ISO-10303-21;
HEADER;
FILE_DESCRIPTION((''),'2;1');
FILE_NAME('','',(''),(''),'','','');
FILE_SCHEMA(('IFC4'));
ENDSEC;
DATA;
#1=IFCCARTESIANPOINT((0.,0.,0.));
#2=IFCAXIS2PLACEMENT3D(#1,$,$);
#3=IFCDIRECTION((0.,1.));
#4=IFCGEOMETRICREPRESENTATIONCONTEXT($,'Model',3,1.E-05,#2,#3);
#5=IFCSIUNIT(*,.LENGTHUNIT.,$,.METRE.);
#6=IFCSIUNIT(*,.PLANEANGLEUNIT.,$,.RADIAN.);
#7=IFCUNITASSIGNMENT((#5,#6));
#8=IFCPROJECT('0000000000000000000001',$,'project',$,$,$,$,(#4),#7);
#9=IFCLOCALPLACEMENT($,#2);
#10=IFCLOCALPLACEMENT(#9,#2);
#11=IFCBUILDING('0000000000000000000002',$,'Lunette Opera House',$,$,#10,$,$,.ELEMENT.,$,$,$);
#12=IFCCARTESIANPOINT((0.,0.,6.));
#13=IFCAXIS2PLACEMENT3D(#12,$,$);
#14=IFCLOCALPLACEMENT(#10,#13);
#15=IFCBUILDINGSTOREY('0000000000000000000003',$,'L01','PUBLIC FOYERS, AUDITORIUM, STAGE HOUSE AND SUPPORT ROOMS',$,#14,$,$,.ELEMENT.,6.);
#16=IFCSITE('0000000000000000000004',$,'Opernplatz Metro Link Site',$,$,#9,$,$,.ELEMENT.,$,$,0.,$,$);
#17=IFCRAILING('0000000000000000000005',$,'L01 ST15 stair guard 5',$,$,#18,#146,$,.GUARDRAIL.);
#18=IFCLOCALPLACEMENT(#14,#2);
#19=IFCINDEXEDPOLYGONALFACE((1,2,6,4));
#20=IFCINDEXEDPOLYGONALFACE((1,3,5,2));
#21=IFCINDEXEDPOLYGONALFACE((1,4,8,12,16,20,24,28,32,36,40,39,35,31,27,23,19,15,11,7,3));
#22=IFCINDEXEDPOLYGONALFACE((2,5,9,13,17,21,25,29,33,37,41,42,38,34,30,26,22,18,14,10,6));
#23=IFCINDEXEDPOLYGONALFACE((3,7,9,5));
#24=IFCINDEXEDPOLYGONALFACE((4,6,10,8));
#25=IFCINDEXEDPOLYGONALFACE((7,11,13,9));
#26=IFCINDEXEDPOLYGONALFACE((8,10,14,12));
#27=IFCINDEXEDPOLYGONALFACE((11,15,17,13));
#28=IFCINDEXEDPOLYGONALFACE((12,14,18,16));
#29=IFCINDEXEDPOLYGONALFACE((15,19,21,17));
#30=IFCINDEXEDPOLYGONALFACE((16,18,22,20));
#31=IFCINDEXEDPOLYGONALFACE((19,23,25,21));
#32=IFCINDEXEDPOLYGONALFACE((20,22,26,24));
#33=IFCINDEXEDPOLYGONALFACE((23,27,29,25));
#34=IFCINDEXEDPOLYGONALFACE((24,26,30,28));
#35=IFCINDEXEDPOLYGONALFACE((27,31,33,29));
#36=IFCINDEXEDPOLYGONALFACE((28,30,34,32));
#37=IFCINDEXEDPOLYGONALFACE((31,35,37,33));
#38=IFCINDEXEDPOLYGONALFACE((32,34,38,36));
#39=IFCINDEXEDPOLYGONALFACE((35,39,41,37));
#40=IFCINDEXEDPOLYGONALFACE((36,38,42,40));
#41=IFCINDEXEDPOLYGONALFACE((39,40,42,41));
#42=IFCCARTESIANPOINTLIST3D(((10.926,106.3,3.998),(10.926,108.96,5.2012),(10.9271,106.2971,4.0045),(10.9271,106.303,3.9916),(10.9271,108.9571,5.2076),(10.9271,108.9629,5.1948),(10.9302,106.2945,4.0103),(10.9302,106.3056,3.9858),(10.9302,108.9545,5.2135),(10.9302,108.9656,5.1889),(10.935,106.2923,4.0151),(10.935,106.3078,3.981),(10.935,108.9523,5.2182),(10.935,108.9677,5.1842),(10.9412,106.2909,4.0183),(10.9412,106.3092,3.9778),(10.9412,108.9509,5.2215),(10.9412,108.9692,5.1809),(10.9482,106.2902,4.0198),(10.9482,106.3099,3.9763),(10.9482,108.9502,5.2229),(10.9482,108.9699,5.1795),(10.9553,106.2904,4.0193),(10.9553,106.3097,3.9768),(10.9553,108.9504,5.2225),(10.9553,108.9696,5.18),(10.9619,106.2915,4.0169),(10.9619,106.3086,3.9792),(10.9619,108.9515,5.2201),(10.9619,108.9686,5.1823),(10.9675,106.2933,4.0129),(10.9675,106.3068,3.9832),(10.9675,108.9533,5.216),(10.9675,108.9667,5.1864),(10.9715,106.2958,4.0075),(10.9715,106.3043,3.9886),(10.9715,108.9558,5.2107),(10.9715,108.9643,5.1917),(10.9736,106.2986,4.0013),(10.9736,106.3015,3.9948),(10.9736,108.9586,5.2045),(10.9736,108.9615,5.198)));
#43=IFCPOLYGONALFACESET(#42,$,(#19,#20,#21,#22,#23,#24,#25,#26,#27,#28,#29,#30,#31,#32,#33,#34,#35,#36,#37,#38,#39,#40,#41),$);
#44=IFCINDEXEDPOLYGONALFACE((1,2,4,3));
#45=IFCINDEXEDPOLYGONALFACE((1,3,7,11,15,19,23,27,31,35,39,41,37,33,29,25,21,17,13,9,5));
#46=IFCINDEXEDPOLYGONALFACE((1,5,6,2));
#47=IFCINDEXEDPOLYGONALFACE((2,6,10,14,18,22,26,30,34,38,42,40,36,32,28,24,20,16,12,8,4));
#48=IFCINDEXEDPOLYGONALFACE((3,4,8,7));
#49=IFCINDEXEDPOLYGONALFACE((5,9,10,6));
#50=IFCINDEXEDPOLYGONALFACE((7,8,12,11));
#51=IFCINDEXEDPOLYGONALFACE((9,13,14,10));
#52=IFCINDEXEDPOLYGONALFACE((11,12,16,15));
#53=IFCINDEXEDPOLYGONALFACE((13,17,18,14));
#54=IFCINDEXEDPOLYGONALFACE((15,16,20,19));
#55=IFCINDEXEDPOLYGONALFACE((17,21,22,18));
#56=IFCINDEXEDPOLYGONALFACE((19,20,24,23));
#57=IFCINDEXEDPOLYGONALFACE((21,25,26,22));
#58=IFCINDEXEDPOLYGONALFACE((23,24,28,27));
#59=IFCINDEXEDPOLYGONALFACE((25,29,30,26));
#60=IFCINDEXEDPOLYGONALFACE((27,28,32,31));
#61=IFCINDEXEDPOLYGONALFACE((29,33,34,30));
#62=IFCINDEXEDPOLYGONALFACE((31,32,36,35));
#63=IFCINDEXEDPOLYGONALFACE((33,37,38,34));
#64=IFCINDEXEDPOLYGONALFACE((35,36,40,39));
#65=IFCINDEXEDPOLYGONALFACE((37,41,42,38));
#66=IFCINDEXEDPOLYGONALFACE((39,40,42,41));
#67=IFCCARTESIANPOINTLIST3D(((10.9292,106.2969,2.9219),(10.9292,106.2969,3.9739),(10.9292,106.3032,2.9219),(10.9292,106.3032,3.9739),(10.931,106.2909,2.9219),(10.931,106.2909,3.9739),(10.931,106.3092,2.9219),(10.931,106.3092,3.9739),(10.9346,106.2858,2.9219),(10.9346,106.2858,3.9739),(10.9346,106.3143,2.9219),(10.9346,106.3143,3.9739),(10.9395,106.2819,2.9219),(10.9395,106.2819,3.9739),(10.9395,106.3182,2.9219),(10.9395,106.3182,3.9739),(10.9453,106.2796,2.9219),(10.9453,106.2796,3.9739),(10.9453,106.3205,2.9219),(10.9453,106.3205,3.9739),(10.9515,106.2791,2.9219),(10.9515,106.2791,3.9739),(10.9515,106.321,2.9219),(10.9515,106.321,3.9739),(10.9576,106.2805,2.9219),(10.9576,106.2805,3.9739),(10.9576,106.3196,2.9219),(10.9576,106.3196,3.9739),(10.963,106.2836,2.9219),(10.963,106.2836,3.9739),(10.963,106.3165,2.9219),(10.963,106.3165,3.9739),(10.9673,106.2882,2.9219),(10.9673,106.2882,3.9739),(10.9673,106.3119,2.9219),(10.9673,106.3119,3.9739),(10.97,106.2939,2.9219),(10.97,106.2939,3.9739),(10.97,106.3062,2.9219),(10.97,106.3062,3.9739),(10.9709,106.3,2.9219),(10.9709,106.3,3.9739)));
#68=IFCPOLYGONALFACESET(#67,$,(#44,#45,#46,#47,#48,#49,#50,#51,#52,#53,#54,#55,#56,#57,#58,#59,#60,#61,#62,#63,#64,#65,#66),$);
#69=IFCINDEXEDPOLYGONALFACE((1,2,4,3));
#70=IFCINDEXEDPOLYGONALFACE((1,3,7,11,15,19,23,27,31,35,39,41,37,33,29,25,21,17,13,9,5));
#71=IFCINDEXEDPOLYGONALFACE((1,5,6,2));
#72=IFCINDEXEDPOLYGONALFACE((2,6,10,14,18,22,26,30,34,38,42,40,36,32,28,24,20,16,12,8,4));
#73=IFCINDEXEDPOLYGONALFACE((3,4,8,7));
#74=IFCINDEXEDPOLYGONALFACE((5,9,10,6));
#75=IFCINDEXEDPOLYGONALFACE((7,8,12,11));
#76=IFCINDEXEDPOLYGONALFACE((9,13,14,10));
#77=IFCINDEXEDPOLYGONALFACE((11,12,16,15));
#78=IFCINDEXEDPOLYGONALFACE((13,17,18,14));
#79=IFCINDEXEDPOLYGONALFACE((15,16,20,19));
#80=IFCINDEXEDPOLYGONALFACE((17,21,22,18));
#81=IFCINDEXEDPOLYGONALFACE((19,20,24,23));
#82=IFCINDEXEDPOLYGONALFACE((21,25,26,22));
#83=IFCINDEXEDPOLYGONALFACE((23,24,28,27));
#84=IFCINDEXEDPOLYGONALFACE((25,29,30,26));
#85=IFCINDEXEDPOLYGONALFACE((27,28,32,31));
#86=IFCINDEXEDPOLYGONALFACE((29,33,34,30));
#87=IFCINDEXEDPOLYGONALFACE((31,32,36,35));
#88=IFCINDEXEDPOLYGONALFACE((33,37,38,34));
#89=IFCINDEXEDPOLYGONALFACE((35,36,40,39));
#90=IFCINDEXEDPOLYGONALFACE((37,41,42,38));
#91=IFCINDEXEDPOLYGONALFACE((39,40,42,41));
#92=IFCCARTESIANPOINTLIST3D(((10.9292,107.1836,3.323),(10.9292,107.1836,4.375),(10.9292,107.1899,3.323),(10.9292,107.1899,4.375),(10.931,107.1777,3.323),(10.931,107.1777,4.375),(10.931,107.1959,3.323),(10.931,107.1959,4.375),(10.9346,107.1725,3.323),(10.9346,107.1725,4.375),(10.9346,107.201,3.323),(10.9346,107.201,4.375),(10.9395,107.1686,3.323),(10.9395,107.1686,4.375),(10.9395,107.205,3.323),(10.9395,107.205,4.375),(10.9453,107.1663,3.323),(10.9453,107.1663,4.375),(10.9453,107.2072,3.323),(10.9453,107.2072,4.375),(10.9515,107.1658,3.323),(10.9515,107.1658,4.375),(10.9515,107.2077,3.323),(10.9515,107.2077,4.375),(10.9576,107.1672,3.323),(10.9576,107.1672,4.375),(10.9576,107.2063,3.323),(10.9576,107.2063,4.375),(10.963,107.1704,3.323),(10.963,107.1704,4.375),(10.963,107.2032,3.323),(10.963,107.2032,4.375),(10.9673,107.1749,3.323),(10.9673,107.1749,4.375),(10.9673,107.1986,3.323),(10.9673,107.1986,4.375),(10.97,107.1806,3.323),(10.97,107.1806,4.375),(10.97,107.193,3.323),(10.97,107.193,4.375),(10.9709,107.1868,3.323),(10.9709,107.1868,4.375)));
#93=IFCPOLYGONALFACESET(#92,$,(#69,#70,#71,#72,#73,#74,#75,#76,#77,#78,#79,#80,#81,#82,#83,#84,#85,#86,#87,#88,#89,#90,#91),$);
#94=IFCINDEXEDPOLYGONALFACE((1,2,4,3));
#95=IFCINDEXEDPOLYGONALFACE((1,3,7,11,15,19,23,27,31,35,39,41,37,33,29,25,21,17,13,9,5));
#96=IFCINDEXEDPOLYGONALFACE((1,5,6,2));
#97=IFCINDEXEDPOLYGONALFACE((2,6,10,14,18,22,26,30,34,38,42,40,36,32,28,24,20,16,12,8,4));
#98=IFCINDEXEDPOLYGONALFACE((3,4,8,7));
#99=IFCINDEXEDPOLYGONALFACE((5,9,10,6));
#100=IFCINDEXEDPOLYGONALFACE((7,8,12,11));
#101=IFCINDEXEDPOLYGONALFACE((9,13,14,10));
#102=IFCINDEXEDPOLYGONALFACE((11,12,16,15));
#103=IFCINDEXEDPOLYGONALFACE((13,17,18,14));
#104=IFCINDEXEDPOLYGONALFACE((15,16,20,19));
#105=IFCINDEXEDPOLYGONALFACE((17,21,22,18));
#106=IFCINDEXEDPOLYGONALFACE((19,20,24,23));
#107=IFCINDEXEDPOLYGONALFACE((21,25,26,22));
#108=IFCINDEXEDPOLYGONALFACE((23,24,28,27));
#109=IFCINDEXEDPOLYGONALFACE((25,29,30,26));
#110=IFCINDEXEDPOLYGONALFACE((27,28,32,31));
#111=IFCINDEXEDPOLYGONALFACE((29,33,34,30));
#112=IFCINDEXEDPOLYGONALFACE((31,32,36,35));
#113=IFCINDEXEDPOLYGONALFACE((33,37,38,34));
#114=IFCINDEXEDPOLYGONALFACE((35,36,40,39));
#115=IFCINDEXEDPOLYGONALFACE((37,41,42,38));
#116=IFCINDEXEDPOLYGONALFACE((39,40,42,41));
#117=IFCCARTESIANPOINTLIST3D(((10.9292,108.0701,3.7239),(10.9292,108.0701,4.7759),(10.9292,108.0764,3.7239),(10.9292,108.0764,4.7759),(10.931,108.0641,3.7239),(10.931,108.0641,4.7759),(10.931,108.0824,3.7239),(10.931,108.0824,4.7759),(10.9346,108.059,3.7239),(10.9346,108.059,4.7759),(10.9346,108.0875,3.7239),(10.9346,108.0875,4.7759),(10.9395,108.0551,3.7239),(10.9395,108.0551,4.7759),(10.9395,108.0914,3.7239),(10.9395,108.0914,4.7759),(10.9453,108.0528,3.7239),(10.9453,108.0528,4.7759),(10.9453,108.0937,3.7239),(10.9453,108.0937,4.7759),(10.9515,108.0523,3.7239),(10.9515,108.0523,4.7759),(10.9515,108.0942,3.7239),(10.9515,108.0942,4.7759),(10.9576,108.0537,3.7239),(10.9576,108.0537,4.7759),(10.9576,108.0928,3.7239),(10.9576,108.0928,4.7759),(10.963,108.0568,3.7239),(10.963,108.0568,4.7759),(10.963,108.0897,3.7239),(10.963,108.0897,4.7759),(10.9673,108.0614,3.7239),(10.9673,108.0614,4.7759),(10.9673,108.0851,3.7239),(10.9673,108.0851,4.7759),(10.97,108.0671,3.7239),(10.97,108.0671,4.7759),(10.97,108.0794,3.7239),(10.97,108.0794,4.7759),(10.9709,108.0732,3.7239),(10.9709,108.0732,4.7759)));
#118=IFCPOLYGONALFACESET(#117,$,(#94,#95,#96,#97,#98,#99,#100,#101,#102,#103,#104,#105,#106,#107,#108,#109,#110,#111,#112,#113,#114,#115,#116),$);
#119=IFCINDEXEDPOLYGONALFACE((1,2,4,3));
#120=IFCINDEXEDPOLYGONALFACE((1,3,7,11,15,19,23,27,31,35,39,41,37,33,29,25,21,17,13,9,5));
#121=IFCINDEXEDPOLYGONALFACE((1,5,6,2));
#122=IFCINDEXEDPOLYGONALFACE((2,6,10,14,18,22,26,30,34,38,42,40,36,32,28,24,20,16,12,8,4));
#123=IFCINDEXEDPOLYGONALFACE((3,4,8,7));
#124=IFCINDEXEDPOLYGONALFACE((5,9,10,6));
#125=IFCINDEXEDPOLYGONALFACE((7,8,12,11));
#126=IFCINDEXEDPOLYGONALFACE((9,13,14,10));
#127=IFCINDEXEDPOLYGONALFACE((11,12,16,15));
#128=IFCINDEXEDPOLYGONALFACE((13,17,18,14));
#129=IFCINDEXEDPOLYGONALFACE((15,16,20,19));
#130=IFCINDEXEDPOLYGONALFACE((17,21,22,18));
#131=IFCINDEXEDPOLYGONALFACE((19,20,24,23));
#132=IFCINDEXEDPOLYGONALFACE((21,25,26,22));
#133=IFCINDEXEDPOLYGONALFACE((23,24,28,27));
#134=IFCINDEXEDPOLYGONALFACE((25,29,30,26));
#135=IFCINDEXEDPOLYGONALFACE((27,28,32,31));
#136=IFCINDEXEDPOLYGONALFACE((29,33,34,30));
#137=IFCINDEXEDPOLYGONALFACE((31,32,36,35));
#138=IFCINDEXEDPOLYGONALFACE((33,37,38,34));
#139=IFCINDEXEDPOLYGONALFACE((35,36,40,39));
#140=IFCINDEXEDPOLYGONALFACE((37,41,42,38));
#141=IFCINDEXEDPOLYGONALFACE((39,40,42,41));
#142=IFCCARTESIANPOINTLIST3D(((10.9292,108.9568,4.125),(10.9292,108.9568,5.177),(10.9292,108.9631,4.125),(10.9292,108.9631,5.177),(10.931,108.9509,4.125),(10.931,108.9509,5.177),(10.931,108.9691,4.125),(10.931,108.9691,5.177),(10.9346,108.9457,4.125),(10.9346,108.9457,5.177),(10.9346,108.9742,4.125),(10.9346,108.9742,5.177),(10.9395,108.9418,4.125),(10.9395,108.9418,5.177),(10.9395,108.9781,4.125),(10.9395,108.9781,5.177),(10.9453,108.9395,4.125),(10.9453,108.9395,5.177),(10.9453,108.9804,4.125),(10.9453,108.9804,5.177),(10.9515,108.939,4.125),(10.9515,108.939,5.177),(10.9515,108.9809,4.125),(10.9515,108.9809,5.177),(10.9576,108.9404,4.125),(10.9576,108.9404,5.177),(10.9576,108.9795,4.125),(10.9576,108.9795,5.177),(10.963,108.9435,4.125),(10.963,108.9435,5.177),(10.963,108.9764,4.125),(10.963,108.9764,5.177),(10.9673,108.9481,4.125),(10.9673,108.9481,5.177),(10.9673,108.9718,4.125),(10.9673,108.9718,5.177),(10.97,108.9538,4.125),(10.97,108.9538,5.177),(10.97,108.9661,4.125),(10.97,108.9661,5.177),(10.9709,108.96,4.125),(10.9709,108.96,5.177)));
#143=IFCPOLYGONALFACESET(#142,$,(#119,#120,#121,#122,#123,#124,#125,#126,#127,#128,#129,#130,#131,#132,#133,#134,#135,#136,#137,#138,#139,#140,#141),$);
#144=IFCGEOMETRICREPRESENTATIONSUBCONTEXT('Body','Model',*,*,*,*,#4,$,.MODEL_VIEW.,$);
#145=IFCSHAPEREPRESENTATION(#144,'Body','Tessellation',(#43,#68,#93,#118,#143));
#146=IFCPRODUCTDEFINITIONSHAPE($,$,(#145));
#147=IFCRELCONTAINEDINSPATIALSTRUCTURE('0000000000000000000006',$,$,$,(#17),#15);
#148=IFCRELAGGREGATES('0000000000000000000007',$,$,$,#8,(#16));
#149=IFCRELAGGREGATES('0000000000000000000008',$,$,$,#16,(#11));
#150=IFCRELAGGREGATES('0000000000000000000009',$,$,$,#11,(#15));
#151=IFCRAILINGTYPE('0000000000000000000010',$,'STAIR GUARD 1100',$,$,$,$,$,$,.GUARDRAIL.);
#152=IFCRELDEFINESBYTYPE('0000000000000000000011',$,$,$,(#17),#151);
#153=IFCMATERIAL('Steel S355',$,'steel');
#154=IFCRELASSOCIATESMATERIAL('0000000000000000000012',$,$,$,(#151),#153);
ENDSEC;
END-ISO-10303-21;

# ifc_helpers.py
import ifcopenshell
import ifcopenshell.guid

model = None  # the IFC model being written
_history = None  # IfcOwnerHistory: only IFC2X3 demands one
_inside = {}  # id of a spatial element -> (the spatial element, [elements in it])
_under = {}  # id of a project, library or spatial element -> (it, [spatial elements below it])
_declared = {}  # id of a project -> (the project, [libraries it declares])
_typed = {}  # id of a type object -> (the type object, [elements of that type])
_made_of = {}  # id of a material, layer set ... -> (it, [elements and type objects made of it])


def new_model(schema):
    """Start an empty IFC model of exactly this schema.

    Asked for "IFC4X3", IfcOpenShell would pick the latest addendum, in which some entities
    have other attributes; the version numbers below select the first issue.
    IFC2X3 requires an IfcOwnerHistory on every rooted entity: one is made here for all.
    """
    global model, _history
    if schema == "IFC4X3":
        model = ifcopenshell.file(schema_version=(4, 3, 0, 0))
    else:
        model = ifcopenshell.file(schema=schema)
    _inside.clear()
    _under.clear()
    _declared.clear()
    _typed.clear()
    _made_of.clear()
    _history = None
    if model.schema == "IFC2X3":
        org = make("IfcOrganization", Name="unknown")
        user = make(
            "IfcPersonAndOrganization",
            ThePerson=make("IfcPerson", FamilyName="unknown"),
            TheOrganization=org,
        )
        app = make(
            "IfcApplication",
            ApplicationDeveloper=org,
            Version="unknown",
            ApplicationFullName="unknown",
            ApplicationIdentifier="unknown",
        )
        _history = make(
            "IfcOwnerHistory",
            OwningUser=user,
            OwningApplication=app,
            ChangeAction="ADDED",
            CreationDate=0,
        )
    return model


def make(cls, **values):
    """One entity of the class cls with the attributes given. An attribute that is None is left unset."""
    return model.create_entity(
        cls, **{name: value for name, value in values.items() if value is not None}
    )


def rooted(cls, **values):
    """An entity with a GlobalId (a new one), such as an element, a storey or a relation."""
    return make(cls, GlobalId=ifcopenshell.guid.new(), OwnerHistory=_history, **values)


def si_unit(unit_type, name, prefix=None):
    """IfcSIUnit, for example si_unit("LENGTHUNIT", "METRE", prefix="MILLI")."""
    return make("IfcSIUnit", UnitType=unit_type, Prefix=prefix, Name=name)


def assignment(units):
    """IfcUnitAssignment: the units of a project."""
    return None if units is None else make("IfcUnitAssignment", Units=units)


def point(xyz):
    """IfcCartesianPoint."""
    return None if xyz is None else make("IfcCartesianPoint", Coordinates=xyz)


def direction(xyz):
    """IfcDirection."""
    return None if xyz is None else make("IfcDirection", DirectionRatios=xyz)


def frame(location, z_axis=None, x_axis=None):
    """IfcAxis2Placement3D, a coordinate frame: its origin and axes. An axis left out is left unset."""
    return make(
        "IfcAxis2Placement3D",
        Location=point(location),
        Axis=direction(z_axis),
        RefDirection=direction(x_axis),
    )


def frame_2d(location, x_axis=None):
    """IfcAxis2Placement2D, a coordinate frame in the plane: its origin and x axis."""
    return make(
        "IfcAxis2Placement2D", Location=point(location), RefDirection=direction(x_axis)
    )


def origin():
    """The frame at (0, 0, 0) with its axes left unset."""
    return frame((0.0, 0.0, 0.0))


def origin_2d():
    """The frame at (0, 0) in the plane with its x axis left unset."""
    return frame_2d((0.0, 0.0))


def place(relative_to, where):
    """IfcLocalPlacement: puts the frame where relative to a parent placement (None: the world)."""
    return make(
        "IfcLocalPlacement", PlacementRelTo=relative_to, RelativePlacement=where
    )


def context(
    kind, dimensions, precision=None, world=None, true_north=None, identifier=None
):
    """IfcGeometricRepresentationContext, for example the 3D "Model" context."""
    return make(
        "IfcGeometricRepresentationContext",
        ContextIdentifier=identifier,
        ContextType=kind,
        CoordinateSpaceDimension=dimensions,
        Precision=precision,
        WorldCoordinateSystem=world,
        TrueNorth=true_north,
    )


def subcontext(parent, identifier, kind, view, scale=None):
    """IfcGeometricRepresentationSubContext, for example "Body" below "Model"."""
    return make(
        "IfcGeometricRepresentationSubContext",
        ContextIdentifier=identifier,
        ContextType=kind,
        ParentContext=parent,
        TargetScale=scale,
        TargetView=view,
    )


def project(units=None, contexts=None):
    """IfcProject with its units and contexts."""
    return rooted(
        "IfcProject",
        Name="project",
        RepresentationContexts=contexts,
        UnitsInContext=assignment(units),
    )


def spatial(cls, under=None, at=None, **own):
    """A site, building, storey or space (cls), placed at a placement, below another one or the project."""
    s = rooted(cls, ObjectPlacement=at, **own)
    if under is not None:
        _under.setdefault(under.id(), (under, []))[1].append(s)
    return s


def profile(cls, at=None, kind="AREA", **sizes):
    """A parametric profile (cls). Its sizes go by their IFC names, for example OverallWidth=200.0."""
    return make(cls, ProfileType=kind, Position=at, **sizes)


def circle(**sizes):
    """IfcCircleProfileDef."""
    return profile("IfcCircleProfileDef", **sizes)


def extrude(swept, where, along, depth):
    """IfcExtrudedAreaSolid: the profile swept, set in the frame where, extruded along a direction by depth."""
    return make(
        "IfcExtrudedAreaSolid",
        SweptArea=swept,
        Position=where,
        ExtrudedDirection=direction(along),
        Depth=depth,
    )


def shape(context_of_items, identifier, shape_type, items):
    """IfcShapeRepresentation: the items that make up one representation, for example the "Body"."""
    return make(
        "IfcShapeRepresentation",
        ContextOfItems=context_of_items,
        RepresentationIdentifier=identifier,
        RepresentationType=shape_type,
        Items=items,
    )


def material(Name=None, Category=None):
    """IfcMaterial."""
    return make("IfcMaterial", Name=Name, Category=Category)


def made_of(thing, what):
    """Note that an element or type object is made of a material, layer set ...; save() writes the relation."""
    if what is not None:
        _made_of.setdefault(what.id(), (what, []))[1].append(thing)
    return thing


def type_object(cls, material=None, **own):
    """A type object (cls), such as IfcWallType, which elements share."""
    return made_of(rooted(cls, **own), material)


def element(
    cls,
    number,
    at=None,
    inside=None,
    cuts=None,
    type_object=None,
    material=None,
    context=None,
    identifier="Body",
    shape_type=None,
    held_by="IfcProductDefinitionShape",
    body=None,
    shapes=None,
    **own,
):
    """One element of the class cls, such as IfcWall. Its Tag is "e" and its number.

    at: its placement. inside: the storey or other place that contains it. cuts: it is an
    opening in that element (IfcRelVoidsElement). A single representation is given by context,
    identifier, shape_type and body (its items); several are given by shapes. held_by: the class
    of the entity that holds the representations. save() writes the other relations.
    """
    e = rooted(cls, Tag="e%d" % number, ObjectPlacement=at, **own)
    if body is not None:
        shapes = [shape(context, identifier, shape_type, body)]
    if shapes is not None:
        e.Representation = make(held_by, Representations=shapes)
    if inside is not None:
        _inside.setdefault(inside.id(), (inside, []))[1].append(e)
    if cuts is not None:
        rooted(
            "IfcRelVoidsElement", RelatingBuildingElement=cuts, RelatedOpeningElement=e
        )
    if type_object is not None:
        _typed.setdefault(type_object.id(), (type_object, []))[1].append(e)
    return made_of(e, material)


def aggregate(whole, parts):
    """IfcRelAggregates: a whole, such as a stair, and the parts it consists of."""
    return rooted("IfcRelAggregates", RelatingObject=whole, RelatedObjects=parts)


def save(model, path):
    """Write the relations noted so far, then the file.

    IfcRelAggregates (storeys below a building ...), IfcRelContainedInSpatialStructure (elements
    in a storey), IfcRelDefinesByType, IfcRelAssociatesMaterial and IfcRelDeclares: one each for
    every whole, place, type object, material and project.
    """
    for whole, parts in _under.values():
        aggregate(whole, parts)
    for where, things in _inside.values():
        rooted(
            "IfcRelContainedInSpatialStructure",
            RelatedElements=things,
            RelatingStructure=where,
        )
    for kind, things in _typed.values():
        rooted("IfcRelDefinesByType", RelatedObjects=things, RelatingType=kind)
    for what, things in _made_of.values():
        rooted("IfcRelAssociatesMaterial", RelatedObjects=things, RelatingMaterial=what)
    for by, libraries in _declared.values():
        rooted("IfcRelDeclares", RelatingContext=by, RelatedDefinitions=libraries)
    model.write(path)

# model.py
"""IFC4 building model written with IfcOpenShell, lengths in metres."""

from ifc_helpers import new_model, si_unit, direction, frame, origin, origin_2d, place, context, subcontext, project, spatial, circle, extrude, material, type_object, element, save


model = new_model("IFC4")

# Units and contexts
model_context = context("Model", 3, precision=1e-05, world=origin(), true_north=direction((0.0, 1.0)))
body_context = subcontext(model_context, "Body", "Model", "MODEL_VIEW")
ifc_project = project(units=[si_unit("LENGTHUNIT", "METRE"), si_unit("PLANEANGLEUNIT", "RADIAN")], contexts=[model_context])

# Site, building, storey
site_placement = place(None, origin())
site = spatial("IfcSite", under=ifc_project, at=site_placement, Name="Opernplatz Metro Link Site", CompositionType="ELEMENT", RefElevation=0.0)
building_placement = place(site_placement, origin())
building = spatial("IfcBuilding", under=site, at=building_placement, Name="Lunette Opera House", CompositionType="ELEMENT")
storey_placement = place(building_placement, frame((0.0, 0.0, 6.0)))
storey = spatial("IfcBuildingStorey", under=building, at=storey_placement, Name="L01", Description="PUBLIC FOYERS, AUDITORIUM, STAGE HOUSE AND SUPPORT ROOMS", CompositionType="ELEMENT", Elevation=6.0)

# Railing
ifc_material_1 = material(Name="Steel S355", Category="steel")
railing_type_1 = type_object("IfcRailingType", Name="STAIR GUARD 1100", PredefinedType="GUARDRAIL", material=ifc_material_1)
railing_1_placement = place(storey_placement, frame((10.95, 106.3, 2.9219)))
element("IfcRailing", 1, at=railing_1_placement, inside=storey, type_object=railing_type_1, Name="L01 ST15 stair guard 5", PredefinedType="GUARDRAIL", context=body_context, shape_type="SweptSolid", body=[
    extrude(circle(Radius=0.0239, at=origin_2d()), frame((0.0, 0.0, 1.0762), z_axis=(0.0, 0.91113, 0.41212), x_axis=(-1.0, 0.0, 0.0)), (0.0, 0.0, 1.0), 2.9194),
    extrude(circle(Radius=0.021, at=origin_2d()), origin(), (0.0, 0.0, 1.0), 1.052),
    extrude(circle(Radius=0.021, at=origin_2d()), frame((0.0, 0.8867, 0.4011)), (0.0, 0.0, 1.0), 1.052),
    extrude(circle(Radius=0.021, at=origin_2d()), frame((0.0, 1.7732, 0.802)), (0.0, 0.0, 1.0), 1.052),
    extrude(circle(Radius=0.021, at=origin_2d()), frame((0.0, 2.6599, 1.2031)), (0.0, 0.0, 1.0), 1.052),
])

save(model, "model.ifc")
